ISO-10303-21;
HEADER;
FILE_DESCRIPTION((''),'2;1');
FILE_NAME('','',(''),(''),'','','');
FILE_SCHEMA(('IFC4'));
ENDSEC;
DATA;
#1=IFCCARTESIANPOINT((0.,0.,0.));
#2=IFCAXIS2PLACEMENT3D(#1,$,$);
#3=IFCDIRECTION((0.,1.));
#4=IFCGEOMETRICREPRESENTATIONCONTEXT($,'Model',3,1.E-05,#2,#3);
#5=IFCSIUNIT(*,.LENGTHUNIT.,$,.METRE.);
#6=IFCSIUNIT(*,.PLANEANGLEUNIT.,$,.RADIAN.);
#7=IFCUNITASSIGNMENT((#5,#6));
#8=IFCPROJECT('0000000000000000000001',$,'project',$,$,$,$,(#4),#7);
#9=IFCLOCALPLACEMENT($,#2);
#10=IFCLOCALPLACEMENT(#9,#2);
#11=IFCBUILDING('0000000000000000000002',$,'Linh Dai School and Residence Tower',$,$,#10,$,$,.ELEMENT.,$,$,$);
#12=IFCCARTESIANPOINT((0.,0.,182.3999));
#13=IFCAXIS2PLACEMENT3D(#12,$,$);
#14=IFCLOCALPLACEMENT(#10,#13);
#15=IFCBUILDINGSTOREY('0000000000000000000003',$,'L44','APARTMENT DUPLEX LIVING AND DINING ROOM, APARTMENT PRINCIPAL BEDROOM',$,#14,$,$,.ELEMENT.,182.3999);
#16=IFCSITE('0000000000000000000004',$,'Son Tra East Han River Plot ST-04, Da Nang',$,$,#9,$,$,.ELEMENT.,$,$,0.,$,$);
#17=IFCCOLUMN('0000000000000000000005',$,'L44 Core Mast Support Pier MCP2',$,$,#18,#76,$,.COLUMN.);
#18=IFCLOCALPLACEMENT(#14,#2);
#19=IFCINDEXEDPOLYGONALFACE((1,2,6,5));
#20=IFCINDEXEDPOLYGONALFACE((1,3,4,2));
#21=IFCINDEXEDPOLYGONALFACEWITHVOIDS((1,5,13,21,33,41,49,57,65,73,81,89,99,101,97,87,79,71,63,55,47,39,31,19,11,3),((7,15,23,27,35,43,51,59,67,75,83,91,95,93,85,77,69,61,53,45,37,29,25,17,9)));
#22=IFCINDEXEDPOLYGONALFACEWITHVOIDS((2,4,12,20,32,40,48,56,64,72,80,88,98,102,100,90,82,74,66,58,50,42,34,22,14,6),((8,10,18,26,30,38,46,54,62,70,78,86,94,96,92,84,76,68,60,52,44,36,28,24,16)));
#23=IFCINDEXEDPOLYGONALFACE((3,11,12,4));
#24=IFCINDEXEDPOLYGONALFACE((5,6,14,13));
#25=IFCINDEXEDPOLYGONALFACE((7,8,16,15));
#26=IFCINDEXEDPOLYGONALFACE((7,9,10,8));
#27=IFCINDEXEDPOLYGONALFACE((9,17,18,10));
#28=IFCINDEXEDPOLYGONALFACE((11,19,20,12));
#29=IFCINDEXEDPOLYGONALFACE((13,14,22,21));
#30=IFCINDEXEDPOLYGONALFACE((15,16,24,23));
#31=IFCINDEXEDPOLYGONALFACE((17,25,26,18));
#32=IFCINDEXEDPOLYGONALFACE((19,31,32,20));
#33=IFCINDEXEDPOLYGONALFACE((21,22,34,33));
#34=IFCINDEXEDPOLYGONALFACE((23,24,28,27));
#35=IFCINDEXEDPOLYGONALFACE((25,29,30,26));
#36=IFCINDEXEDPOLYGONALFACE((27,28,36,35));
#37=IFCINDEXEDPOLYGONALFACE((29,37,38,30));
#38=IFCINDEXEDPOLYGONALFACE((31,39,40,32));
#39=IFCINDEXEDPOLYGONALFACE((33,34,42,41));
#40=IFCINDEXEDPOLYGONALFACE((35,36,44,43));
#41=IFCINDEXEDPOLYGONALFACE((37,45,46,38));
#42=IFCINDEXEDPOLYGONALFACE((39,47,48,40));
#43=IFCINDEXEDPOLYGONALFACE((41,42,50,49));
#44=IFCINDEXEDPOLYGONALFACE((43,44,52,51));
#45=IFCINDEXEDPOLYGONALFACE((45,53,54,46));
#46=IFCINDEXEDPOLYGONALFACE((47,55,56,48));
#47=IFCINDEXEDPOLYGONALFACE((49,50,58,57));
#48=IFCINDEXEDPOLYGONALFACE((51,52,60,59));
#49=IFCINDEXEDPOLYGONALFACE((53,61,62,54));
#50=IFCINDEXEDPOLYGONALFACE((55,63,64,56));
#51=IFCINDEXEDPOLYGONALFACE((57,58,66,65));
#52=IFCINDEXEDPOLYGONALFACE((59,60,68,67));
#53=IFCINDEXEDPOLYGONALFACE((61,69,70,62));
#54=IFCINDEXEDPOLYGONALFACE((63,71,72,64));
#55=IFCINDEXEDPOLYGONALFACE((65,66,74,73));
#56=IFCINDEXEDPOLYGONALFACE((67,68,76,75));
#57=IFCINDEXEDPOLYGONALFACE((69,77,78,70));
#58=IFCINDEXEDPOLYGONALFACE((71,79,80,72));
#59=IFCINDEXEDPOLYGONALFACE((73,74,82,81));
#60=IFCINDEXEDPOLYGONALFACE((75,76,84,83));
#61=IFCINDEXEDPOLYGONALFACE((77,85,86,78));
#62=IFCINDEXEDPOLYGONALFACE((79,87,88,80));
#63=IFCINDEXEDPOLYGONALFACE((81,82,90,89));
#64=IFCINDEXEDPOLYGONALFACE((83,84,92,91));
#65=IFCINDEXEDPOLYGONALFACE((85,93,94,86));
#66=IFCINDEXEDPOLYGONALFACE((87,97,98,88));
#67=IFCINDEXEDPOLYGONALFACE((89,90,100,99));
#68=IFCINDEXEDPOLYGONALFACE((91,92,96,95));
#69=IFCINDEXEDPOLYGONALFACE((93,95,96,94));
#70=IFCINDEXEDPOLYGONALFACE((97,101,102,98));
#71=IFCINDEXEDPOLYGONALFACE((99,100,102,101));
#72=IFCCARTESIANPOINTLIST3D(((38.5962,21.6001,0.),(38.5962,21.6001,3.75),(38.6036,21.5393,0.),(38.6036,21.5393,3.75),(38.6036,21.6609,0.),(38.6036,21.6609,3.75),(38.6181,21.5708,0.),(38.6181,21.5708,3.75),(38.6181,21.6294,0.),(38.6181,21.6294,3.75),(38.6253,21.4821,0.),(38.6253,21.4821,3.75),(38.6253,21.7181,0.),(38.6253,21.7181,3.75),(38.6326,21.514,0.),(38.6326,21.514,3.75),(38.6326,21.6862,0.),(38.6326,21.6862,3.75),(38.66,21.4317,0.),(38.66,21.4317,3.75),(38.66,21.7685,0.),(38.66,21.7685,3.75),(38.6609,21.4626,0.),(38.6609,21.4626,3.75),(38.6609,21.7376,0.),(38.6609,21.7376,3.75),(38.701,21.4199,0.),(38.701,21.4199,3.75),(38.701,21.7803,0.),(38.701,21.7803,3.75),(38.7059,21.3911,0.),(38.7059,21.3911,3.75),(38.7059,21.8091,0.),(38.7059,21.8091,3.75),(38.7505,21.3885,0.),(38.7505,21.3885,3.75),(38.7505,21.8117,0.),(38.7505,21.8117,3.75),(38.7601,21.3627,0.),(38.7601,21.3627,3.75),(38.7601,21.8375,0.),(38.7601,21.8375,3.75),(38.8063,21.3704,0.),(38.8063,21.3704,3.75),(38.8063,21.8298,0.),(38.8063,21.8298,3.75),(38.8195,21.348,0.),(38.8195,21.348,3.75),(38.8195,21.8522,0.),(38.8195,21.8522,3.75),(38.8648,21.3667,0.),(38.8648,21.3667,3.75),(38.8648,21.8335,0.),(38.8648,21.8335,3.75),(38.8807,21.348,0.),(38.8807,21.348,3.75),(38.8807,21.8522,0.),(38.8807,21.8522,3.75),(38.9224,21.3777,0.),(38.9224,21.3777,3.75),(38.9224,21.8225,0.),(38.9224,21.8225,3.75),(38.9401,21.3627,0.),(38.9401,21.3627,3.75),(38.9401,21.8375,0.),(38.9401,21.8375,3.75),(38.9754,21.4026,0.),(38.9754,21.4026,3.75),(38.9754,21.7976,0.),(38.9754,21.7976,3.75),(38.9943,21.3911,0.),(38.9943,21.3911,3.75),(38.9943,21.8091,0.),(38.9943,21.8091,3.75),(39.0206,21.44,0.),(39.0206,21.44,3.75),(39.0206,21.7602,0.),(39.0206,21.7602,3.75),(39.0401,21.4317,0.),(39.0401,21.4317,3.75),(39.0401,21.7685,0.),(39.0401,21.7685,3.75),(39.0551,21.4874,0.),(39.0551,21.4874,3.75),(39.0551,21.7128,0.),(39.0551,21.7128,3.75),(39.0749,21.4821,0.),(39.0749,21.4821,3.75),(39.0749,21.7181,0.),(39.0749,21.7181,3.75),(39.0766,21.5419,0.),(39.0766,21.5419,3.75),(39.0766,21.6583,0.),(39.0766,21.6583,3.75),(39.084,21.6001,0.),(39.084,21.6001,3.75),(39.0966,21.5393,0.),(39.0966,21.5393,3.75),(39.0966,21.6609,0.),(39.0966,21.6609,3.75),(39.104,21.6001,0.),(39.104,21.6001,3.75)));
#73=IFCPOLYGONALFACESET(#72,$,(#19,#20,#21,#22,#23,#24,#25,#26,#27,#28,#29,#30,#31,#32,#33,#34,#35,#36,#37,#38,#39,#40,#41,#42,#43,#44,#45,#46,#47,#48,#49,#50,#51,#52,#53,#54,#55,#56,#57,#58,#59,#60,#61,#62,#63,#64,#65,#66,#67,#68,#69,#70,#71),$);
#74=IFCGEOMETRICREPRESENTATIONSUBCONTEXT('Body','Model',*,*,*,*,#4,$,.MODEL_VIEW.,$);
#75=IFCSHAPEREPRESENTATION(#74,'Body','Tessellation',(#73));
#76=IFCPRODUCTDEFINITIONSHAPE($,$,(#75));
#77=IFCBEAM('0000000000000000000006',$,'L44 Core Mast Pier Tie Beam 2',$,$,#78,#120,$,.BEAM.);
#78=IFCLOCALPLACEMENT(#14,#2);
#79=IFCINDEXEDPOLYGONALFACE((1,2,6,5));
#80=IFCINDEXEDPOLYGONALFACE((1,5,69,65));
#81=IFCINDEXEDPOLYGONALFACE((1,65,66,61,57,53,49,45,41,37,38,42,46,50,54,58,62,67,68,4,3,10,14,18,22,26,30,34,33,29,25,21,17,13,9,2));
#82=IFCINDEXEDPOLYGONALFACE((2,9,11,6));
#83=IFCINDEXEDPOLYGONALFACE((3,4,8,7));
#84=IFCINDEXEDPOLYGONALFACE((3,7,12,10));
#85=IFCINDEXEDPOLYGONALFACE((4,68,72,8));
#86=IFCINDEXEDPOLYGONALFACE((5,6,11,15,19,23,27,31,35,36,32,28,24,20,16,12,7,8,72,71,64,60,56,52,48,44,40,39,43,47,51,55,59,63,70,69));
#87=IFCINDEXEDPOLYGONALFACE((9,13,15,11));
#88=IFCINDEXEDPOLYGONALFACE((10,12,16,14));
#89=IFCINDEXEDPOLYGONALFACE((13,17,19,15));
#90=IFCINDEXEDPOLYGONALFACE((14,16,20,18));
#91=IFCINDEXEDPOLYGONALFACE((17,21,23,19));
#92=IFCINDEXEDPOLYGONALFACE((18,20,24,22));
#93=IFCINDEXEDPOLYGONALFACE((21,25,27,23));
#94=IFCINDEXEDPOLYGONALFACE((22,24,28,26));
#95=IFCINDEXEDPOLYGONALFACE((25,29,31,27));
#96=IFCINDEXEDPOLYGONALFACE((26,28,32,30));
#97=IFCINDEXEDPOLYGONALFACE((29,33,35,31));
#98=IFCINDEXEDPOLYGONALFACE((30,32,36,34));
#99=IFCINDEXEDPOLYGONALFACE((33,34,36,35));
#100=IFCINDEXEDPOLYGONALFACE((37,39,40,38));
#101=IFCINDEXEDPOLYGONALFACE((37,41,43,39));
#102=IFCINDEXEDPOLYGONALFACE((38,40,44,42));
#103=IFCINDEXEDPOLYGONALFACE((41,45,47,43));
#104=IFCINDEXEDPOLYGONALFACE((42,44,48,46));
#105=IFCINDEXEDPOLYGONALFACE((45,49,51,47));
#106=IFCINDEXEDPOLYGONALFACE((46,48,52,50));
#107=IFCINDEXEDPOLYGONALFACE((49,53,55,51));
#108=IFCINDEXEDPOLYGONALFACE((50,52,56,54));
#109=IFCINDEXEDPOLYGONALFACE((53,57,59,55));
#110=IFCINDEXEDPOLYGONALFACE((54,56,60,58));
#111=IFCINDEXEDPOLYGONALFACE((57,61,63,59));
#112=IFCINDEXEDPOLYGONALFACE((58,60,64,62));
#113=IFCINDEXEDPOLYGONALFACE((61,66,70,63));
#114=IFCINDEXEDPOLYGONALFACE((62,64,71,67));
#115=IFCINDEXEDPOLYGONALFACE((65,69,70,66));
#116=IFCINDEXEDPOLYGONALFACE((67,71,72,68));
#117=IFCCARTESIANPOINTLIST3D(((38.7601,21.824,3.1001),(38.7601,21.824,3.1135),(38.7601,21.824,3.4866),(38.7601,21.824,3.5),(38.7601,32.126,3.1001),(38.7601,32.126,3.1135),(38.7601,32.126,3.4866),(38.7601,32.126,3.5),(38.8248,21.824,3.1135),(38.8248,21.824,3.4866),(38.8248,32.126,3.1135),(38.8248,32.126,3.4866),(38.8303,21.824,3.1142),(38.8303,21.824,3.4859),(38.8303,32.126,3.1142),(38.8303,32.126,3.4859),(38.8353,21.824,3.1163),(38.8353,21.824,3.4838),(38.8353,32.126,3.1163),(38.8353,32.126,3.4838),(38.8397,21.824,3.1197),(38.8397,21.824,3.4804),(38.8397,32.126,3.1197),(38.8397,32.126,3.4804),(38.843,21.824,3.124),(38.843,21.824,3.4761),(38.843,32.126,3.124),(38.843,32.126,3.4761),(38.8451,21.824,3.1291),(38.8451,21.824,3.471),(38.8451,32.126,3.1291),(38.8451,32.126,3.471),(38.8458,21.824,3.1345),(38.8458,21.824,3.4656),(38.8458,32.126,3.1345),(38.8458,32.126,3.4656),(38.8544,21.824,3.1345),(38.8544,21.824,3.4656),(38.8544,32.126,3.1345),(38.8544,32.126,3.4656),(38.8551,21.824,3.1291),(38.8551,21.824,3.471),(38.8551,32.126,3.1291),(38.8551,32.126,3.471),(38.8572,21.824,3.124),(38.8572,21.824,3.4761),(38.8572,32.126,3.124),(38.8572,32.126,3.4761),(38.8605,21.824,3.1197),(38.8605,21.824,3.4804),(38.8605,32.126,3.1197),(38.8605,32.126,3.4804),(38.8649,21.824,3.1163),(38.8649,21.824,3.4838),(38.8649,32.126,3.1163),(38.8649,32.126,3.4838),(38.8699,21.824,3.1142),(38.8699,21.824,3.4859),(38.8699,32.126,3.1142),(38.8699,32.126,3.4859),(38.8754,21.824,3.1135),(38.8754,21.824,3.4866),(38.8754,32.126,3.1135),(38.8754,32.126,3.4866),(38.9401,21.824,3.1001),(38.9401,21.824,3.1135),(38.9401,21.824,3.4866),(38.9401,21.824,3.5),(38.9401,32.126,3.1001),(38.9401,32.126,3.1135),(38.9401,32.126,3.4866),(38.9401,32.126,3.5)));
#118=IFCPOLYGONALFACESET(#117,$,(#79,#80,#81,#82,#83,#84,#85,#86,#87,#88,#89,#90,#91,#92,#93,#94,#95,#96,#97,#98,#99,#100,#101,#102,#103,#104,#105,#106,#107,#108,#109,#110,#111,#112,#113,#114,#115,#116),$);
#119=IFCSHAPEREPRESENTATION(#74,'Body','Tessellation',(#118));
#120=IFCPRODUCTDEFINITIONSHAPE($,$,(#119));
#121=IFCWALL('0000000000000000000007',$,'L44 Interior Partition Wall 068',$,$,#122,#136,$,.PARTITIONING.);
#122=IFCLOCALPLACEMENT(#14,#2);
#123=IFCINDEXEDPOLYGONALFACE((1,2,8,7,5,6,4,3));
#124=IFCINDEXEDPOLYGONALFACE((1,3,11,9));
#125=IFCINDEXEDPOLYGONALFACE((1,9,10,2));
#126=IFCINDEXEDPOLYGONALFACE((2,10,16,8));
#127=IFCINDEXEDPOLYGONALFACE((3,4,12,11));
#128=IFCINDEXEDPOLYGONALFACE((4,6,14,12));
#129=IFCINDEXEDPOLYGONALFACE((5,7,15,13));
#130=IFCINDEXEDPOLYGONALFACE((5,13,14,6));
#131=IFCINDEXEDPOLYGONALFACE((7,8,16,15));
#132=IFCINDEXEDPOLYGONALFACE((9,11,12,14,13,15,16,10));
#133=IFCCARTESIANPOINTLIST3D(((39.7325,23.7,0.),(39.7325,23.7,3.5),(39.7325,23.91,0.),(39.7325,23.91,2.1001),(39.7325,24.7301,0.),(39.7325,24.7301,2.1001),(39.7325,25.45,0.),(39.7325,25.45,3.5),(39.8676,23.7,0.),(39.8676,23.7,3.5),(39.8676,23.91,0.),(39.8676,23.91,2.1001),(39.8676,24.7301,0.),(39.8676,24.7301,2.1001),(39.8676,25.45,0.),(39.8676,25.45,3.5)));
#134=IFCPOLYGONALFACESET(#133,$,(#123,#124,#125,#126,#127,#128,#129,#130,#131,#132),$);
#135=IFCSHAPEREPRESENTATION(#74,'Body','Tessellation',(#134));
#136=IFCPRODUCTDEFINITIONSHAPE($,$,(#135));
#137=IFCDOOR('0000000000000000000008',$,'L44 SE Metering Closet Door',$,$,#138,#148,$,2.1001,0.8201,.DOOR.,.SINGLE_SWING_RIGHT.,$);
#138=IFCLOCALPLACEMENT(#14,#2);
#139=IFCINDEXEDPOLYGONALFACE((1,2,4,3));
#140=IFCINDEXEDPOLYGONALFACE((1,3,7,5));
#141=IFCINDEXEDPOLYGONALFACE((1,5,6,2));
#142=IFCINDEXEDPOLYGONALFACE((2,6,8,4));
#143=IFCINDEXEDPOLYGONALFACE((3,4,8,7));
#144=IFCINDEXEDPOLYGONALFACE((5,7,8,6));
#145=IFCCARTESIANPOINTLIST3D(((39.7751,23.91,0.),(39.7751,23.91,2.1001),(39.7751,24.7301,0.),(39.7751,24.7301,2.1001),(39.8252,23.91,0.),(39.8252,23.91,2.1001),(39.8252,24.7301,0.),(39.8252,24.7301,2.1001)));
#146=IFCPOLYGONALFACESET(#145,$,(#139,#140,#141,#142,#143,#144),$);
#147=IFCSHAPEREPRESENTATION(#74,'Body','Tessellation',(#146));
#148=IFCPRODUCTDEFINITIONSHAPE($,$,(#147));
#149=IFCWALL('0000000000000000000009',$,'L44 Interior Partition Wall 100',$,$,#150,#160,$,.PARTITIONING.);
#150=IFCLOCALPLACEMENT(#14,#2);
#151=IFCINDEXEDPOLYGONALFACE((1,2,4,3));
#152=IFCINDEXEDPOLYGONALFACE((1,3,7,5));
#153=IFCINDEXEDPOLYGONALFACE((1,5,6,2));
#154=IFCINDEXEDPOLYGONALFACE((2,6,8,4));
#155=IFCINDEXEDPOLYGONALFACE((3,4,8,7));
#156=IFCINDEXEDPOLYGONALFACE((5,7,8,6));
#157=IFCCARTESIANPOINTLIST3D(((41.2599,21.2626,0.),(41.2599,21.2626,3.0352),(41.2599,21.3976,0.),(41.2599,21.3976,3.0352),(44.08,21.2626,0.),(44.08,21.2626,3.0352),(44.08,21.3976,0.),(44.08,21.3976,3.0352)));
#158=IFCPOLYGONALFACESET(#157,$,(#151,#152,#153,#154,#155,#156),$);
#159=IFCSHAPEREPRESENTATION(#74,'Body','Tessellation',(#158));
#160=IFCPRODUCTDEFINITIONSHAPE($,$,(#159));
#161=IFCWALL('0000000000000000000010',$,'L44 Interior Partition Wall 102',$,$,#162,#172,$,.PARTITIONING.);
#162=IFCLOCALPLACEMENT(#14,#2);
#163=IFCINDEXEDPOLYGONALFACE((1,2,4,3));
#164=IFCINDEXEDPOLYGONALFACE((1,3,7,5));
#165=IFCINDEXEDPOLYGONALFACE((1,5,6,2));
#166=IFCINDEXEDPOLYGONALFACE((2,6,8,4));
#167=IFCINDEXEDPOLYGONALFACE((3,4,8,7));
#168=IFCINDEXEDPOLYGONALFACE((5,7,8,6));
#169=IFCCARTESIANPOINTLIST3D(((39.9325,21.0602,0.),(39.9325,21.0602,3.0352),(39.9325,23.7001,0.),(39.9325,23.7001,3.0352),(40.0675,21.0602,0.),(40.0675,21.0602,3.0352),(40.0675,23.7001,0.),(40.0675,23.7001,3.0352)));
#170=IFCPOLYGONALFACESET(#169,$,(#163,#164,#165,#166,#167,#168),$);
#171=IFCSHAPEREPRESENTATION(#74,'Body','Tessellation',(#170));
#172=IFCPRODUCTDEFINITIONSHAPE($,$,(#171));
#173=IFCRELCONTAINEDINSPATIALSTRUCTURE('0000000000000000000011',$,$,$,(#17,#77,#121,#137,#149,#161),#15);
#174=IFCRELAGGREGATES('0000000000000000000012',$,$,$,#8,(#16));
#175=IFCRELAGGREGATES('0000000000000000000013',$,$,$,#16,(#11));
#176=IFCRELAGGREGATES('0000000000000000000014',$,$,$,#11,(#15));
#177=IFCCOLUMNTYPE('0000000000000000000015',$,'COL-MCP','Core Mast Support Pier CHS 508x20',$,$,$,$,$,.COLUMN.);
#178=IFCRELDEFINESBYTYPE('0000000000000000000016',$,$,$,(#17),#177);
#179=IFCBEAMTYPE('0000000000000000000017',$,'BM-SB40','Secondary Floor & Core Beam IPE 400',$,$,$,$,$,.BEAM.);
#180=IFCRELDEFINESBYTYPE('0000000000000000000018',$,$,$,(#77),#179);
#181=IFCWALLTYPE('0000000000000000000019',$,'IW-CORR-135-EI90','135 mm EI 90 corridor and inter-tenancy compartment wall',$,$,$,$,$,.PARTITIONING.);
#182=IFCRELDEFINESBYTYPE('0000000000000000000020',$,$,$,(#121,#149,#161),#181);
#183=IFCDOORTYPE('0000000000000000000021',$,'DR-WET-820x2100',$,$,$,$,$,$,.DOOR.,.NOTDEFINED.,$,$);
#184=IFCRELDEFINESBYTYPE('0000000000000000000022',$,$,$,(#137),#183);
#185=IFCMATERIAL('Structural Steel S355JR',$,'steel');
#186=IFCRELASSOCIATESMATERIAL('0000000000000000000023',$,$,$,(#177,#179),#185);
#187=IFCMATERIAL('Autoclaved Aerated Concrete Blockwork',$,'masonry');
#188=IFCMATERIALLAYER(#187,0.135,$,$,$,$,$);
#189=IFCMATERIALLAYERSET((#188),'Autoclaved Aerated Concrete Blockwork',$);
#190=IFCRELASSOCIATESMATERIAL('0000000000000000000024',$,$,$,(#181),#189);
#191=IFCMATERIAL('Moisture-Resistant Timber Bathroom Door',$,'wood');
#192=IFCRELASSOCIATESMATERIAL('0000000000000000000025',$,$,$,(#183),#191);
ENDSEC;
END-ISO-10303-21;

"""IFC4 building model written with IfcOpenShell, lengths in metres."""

from ifc_helpers import new_model, si_unit, direction, frame, frame_2d, origin, origin_2d, place, context, subcontext, project, spatial, rectangle, hollow_circle, i_section, extrude, source, transform, mapped, material, layer, layer_set, material_profile, profile_set, type_object, element, fill, save


model = new_model("IFC4")

# Units and contexts
model_context = context("Model", 3, precision=1e-05, world=origin(), true_north=direction((0.0, 1.0)))
body_context = subcontext(model_context, "Body", "Model", "MODEL_VIEW")
ifc_project = project(units=[si_unit("LENGTHUNIT", "METRE"), si_unit("PLANEANGLEUNIT", "RADIAN")], contexts=[model_context])

# Site, building, storey
site_placement = place(None, origin())
site = spatial("IfcSite", under=ifc_project, at=site_placement, Name="Son Tra East Han River Plot ST-04, Da Nang", CompositionType="ELEMENT", RefElevation=0.0)
building_placement = place(site_placement, origin())
building = spatial("IfcBuilding", under=site, at=building_placement, Name="Linh Dai School and Residence Tower", CompositionType="ELEMENT")
storey_placement = place(building_placement, frame((0.0, 0.0, 182.3999)))
storey = spatial("IfcBuildingStorey", under=building, at=storey_placement, Name="L44", Description="APARTMENT DUPLEX LIVING AND DINING ROOM, APARTMENT PRINCIPAL BEDROOM", CompositionType="ELEMENT", Elevation=182.3999)

# Column
ifc_material_1 = material(Name="Structural Steel S355JR", Category="steel")
ifc_material_profile_1 = material_profile(ifc_material_1, hollow_circle(Radius=0.2539, WallThickness=0.02, at=origin_2d()), Name="CHS 508x20")
ifc_profile_set_1 = profile_set([ifc_material_profile_1], Name="Structural Steel S355JR")
column_type_1 = type_object("IfcColumnType", Name="COL-MCP", Description="Core Mast Support Pier CHS 508x20", PredefinedType="COLUMN", material=ifc_profile_set_1)
column_placement = place(storey_placement, frame((38.8501, 21.6001, 0.0), z_axis=(0.0, 0.0, 1.0), x_axis=(1.0, 0.0, 0.0)))
element("IfcColumn", 1, at=column_placement, inside=storey, type_object=column_type_1, Name="L44 Core Mast Support Pier MCP2", PredefinedType="COLUMN", context=body_context, shape_type="SweptSolid", body=[
    extrude(hollow_circle(Radius=0.2539, WallThickness=0.02, at=origin_2d()), origin(), (0.0, 0.0, 1.0), 3.75),
])

# Beam
ifc_material_profile_2 = material_profile(ifc_material_1, i_section(OverallWidth=0.1799, OverallDepth=0.3999, WebThickness=0.0085, FlangeThickness=0.0134, FilletRadius=0.021, at=origin_2d()), Name="IPE 400")
ifc_profile_set_2 = profile_set([ifc_material_profile_2], Name="Structural Steel S355JR")
beam_type = type_object("IfcBeamType", Name="BM-SB40", Description="Secondary Floor & Core Beam IPE 400", PredefinedType="BEAM", material=ifc_profile_set_2)
beam_placement = place(storey_placement, frame((38.8501, 21.824, 3.3), z_axis=(0.0, 1.0, 0.0), x_axis=(-1.0, 0.0, 0.0)))
element("IfcBeam", 2, at=beam_placement, inside=storey, type_object=beam_type, Name="L44 Core Mast Pier Tie Beam 2", PredefinedType="BEAM", context=body_context, shape_type="SweptSolid", body=[
    extrude(i_section(OverallWidth=0.1799, OverallDepth=0.3999, WebThickness=0.0085, FlangeThickness=0.0134, FilletRadius=0.021, at=origin_2d()), origin(), (0.0, 0.0, 1.0), 10.302),
])

# Wall, opening, door
ifc_material_2 = material(Name="Autoclaved Aerated Concrete Blockwork", Category="masonry")
ifc_layer_1 = layer(ifc_material_2, 0.135)
ifc_layer_set_1 = layer_set([ifc_layer_1], Name="Autoclaved Aerated Concrete Blockwork")
wall_type_1 = type_object("IfcWallType", Name="IW-CORR-135-EI90", Description="135 mm EI 90 corridor and inter-tenancy compartment wall", PredefinedType="PARTITIONING", material=ifc_layer_set_1)
wall_1_placement = place(storey_placement, frame((39.8, 23.7, 0.0), z_axis=(0.0, 0.0, 1.0), x_axis=(0.0, 1.0, 0.0)))
wall_1 = element("IfcWall", 3, at=wall_1_placement, inside=storey, type_object=wall_type_1, Name="L44 Interior Partition Wall 068", PredefinedType="PARTITIONING", context=body_context, shape_type="SweptSolid", body=[
    extrude(rectangle(XDim=1.75, YDim=0.135, at=frame_2d((0.875, 0.0))), origin(), (0.0, 0.0, 1.0), 3.5),
])
opening_1_placement = place(wall_1_placement, frame((0.21, 0.0, 0.0)))
opening_1 = element("IfcOpeningElement", 4, at=opening_1_placement, cuts=wall_1, PredefinedType="OPENING", context=body_context, shape_type="SweptSolid", body=[
    extrude(rectangle(XDim=0.8201, YDim=2.1001, at=origin_2d()), frame((0.4102, 0.0776, 1.05), z_axis=(0.0, -1.0, 0.0), x_axis=(1.0, 0.0, 0.0)), (0.0, 0.0, 1.0), 0.155),
])
ifc_material_3 = material(Name="Moisture-Resistant Timber Bathroom Door", Category="wood")
door_type_1 = type_object("IfcDoorType", Name="DR-WET-820x2100", OperationType="NOTDEFINED", PredefinedType="DOOR", material=ifc_material_3)
shared_shape_1 = source(origin(), body_context, "Body", "SweptSolid", [
    extrude(rectangle(XDim=0.8201, YDim=2.1001, at=origin_2d()), frame((0.4102, 0.0249, 1.05), z_axis=(0.0, -1.0, 0.0), x_axis=(1.0, 0.0, 0.0)), (0.0, 0.0, 1.0), 0.05),
])
door_1_placement = place(opening_1_placement, origin())
door_1 = element("IfcDoor", 5, at=door_1_placement, inside=storey, type_object=door_type_1, Name="L44 SE Metering Closet Door", OperationType="SINGLE_SWING_RIGHT", OverallHeight=2.1001, OverallWidth=0.8201, PredefinedType="DOOR", context=body_context, shape_type="MappedRepresentation", body=[
    mapped(shared_shape_1, transform((0.0, 0.0, 0.0), x_axis=(1.0, 0.0, 0.0), y_axis=(0.0, 1.0, 0.0), z_axis=(0.0, 0.0, 1.0), scale=1.0)),
])
fill(opening_1, door_1)

# Walls
wall_2_placement = place(storey_placement, frame((44.0801, 21.3301, 0.0), z_axis=(0.0, 0.0, 1.0), x_axis=(-1.0, 0.0, 0.0)))
element("IfcWall", 6, at=wall_2_placement, inside=storey, type_object=wall_type_1, Name="L44 Interior Partition Wall 100", PredefinedType="PARTITIONING", context=body_context, shape_type="SweptSolid", body=[
    extrude(rectangle(XDim=2.8201, YDim=0.135, at=frame_2d((1.4102, 0.0))), origin(), (0.0, 0.0, 1.0), 3.0352),
])
wall_3_placement = place(storey_placement, frame((40.0, 23.7, 0.0), z_axis=(0.0, 0.0, 1.0), x_axis=(0.0, -1.0, 0.0)))
element("IfcWall", 7, at=wall_3_placement, inside=storey, type_object=wall_type_1, Name="L44 Interior Partition Wall 102", PredefinedType="PARTITIONING", context=body_context, shape_type="SweptSolid", body=[
    extrude(rectangle(XDim=2.6399, YDim=0.135, at=frame_2d((1.3198, 0.0))), origin(), (0.0, 0.0, 1.0), 3.0352),
])

save(model, "model.ifc")
